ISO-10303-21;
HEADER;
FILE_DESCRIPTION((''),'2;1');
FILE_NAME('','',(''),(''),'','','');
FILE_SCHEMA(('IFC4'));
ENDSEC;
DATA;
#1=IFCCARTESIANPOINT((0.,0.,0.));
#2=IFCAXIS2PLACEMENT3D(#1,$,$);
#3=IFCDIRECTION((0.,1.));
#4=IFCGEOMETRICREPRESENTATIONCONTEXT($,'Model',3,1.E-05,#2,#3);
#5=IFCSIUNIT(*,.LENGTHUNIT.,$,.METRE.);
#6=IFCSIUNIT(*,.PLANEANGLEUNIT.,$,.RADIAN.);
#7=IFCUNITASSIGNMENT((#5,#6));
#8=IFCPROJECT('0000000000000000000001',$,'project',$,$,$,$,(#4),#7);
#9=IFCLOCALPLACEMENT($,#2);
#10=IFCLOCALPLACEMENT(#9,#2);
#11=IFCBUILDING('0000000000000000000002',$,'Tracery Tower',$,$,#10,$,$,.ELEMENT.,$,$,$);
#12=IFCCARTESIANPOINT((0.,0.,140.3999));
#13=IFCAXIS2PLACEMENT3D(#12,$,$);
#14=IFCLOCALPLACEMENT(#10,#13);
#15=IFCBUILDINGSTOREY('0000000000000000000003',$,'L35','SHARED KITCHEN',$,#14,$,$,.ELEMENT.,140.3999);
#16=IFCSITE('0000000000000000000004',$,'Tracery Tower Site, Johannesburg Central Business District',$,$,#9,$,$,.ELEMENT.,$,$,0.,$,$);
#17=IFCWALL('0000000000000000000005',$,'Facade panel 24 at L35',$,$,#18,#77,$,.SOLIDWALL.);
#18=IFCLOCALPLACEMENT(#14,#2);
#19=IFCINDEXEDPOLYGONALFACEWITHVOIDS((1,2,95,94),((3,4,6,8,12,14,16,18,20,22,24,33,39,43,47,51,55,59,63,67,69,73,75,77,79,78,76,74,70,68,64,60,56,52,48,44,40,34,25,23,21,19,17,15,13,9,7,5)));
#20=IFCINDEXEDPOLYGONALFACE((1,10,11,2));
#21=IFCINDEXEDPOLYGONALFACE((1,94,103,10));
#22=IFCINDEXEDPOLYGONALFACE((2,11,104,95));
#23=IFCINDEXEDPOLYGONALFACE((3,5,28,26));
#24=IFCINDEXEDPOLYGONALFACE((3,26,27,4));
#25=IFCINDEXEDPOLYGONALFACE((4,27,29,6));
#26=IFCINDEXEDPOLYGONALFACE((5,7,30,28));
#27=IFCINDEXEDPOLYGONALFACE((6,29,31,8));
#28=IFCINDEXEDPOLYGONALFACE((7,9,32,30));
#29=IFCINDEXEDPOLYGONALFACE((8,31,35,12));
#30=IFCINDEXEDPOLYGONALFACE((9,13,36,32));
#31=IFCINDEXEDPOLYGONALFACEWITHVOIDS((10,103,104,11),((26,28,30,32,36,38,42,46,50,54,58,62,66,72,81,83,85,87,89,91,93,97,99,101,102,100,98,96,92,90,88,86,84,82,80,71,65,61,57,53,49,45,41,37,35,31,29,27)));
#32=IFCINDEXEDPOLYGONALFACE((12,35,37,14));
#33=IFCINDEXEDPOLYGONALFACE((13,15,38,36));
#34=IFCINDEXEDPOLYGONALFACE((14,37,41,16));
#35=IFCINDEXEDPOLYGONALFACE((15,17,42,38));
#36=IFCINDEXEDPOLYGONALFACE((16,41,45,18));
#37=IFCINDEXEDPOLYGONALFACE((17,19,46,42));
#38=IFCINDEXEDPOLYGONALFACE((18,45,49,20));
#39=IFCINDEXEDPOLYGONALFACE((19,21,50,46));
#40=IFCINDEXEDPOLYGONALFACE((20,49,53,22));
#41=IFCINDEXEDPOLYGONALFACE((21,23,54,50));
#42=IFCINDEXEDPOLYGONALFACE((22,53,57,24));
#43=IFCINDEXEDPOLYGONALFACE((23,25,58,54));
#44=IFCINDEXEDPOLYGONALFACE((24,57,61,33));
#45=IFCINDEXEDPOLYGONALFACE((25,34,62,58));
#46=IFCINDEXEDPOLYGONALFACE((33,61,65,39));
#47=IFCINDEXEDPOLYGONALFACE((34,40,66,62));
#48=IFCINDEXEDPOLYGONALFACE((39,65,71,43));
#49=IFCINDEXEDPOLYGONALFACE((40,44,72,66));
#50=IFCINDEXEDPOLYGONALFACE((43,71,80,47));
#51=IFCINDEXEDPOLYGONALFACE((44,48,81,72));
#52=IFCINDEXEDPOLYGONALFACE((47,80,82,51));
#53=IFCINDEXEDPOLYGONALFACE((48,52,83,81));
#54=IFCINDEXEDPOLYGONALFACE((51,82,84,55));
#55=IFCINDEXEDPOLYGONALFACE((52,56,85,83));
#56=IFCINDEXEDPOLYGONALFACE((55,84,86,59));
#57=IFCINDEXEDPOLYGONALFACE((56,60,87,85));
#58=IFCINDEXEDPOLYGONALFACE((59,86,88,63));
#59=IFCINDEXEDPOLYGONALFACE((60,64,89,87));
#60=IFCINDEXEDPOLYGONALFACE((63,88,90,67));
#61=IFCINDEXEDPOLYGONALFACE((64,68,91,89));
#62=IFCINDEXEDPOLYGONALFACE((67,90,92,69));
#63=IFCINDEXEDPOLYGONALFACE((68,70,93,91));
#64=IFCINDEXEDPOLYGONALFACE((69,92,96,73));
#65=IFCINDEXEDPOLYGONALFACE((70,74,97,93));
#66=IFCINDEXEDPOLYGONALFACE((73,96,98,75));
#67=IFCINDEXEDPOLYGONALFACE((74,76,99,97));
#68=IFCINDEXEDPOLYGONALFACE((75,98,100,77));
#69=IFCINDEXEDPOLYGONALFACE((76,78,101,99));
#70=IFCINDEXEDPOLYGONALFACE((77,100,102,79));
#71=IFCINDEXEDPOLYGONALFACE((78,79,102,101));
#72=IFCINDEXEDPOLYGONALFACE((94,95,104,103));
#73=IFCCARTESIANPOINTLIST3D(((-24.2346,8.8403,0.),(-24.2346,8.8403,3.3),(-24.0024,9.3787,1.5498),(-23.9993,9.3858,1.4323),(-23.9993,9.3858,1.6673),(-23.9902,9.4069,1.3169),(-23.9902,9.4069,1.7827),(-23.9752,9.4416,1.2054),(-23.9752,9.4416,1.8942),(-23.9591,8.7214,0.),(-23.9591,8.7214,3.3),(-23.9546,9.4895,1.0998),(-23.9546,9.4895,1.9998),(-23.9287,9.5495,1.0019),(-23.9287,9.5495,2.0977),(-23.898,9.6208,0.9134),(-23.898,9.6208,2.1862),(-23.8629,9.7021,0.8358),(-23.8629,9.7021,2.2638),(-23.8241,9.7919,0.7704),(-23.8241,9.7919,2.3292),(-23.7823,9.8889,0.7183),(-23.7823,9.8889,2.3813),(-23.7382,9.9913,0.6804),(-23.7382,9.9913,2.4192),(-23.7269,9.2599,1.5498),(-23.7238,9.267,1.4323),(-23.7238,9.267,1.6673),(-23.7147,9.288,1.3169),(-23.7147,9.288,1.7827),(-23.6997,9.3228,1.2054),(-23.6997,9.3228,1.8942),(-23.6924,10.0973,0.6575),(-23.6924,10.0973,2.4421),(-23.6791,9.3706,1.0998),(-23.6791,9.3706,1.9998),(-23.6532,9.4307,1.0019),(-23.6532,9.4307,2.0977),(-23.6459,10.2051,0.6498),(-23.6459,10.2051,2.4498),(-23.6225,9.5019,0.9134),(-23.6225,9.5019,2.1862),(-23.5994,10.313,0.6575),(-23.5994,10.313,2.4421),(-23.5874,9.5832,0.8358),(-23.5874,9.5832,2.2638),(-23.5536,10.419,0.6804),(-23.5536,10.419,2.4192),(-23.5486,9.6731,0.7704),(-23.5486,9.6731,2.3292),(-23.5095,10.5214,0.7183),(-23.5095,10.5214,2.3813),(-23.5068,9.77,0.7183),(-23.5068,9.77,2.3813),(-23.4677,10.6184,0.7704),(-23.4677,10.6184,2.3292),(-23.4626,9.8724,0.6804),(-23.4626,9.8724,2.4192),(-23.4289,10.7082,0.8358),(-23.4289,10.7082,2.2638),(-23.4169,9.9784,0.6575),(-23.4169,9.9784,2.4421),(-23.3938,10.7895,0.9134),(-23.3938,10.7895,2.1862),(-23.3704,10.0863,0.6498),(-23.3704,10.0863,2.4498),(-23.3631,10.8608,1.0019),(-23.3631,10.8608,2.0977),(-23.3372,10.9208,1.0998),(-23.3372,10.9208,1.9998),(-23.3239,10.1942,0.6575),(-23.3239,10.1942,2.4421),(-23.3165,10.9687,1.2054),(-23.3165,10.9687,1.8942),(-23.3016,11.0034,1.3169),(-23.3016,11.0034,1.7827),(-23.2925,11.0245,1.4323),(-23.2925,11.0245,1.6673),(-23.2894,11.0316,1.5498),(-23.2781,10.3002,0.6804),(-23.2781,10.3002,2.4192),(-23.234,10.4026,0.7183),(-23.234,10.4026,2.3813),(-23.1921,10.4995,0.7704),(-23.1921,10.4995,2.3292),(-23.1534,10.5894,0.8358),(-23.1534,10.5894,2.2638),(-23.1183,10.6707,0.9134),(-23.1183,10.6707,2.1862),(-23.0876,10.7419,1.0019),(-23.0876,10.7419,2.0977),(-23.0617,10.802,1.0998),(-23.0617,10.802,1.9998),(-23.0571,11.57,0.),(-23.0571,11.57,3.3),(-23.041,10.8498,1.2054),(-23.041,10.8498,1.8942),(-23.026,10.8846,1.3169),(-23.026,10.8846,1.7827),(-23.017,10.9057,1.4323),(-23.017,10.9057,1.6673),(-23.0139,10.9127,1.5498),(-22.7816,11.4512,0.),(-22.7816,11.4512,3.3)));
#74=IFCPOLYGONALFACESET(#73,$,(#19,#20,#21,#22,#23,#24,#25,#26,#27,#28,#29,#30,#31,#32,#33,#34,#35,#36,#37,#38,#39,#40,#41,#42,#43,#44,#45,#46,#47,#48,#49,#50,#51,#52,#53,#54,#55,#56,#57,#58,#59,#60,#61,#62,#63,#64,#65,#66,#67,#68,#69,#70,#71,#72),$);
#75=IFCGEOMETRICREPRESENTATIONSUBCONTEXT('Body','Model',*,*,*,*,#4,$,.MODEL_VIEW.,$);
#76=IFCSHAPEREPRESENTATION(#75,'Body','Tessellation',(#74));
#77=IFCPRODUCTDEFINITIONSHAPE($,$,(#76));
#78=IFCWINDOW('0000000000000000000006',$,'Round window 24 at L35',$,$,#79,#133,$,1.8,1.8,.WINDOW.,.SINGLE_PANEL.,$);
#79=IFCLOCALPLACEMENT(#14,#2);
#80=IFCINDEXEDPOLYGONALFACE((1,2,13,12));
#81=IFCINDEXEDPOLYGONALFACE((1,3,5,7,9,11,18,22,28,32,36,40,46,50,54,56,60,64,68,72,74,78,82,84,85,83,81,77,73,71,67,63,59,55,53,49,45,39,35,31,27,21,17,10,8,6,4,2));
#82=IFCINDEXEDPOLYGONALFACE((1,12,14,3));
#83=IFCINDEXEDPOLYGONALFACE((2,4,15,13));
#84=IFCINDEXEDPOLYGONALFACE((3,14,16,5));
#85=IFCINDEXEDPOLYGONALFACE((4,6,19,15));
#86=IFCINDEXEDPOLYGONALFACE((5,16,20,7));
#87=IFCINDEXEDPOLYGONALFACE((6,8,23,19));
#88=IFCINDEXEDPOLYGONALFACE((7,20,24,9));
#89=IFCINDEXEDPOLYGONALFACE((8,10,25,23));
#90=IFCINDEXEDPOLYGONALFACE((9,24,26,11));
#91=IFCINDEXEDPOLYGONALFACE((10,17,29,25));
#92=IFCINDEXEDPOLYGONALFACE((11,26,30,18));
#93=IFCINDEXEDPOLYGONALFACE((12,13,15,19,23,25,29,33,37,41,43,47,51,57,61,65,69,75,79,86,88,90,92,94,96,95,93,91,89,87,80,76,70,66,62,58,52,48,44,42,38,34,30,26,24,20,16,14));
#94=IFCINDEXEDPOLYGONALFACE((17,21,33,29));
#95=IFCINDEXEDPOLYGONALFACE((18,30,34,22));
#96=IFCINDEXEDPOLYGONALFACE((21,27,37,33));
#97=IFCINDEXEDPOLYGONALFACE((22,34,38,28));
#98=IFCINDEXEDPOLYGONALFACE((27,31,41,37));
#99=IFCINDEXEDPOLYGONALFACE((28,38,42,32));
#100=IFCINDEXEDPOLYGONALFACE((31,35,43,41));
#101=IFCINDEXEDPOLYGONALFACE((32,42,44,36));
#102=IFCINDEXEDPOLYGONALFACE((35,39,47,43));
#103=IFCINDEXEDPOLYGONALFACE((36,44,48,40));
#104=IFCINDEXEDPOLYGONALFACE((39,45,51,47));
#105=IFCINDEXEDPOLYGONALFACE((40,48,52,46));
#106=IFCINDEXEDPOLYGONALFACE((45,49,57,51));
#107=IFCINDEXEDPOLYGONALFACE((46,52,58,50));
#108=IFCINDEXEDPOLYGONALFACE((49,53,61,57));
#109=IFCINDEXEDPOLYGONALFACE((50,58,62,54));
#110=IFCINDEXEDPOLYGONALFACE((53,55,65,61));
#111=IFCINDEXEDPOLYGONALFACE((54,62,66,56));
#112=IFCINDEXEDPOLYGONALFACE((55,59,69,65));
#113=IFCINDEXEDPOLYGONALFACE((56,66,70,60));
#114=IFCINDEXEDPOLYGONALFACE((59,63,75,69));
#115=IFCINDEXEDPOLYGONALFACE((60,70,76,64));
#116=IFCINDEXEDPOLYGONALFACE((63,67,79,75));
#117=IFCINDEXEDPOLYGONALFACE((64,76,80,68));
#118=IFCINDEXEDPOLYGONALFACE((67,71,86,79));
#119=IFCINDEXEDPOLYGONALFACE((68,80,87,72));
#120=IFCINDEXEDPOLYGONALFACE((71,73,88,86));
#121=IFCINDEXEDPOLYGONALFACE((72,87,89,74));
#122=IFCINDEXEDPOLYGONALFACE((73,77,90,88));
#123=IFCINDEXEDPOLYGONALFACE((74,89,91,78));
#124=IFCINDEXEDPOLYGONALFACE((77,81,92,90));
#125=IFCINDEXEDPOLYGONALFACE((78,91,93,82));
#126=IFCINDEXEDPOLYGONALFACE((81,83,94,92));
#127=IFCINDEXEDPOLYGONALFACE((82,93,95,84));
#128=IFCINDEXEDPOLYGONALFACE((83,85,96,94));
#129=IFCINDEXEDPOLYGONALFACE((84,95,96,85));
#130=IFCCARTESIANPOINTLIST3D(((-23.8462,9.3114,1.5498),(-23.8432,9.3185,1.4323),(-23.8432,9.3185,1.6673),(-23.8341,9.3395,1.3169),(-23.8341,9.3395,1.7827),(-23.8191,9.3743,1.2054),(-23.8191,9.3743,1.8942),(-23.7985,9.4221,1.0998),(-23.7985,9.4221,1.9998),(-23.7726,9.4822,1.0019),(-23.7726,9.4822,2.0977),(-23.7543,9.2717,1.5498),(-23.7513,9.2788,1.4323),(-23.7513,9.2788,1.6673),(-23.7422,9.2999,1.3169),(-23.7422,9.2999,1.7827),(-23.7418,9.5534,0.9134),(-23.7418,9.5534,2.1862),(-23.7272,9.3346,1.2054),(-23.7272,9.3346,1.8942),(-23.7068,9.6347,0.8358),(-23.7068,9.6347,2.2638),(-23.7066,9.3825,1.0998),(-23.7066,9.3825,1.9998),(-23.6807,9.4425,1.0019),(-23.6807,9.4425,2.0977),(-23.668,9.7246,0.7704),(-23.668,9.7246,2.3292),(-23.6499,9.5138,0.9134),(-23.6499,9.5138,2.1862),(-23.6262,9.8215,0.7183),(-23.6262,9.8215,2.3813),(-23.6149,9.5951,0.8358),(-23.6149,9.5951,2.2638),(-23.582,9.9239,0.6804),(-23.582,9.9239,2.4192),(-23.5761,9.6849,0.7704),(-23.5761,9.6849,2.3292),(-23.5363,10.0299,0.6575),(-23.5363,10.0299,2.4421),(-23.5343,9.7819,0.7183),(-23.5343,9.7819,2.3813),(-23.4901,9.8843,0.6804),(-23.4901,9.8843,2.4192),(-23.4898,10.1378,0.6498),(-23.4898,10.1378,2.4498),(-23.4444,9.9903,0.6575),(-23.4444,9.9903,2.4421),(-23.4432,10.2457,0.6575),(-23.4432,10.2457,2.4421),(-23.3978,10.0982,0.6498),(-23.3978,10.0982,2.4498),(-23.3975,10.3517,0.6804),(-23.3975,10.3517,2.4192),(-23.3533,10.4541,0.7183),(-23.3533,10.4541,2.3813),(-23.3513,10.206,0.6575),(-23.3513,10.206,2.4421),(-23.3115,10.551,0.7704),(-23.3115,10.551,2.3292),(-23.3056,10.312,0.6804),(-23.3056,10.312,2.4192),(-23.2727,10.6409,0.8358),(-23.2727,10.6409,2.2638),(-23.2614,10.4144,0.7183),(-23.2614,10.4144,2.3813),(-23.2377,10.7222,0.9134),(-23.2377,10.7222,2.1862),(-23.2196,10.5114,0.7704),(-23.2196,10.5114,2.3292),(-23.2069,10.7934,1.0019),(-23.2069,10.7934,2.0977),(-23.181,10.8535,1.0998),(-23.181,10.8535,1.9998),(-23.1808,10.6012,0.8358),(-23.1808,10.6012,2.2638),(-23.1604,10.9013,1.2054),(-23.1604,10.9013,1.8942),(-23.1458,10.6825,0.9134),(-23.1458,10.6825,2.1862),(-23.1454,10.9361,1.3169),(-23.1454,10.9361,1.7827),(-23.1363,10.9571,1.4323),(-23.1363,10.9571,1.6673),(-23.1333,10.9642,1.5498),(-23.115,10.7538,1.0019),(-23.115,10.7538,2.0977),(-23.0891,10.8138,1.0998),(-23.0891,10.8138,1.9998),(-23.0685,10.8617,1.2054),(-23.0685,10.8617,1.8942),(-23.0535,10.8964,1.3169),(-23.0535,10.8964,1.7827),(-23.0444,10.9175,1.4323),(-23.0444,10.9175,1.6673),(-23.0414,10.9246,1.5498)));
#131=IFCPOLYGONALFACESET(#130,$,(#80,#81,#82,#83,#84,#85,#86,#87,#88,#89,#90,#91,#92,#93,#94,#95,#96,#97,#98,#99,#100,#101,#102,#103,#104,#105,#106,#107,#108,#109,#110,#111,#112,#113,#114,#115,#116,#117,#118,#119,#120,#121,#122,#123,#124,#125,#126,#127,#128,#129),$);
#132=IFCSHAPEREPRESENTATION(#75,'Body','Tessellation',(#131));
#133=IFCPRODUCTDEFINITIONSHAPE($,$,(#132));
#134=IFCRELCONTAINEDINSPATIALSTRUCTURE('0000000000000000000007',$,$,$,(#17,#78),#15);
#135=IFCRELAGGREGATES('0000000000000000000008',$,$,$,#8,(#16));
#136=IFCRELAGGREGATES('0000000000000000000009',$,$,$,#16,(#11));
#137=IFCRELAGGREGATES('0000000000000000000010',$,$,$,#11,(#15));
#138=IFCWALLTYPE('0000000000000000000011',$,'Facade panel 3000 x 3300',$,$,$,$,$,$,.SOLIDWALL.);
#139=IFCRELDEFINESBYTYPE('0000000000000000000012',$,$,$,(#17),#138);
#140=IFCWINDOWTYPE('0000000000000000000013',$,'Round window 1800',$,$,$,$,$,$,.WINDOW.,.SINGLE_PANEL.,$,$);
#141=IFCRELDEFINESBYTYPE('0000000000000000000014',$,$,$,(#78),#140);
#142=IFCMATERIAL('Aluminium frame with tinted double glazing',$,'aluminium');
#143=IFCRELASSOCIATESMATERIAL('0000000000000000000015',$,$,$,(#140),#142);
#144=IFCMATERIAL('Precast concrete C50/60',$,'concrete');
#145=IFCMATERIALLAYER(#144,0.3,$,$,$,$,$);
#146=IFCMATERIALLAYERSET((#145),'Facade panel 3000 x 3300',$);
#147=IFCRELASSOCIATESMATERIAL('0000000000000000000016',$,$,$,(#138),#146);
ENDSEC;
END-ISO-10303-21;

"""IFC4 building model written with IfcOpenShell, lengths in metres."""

from ifc_helpers import new_model, si_unit, direction, frame, frame_2d, origin, origin_2d, place, context, subcontext, project, spatial, rectangle, circle, extrude, material, layer, layer_set, type_object, element, fill, save


model = new_model("IFC4")

# Units and contexts
model_context = context("Model", 3, precision=1e-05, world=origin(), true_north=direction((0.0, 1.0)))
body_context = subcontext(model_context, "Body", "Model", "MODEL_VIEW")
ifc_project = project(units=[si_unit("LENGTHUNIT", "METRE"), si_unit("PLANEANGLEUNIT", "RADIAN")], contexts=[model_context])

# Site, building, storey
site_placement = place(None, origin())
site = spatial("IfcSite", under=ifc_project, at=site_placement, Name="Tracery Tower Site, Johannesburg Central Business District", CompositionType="ELEMENT", RefElevation=0.0)
building_placement = place(site_placement, origin())
building = spatial("IfcBuilding", under=site, at=building_placement, Name="Tracery Tower", CompositionType="ELEMENT")
storey_placement = place(building_placement, frame((0.0, 0.0, 140.3999)))
storey = spatial("IfcBuildingStorey", under=building, at=storey_placement, Name="L35", Description="SHARED KITCHEN", CompositionType="ELEMENT", Elevation=140.3999)

# Wall, opening, window
ifc_material_1 = material(Name="Aluminium frame with tinted double glazing", Category="aluminium")
window_type = type_object("IfcWindowType", Name="Round window 1800", PartitioningType="SINGLE_PANEL", PredefinedType="WINDOW", material=ifc_material_1)
ifc_material_2 = material(Name="Precast concrete C50/60", Category="concrete")
ifc_layer_1 = layer(ifc_material_2, 0.3)
ifc_layer_set_1 = layer_set([ifc_layer_1], Name="Facade panel 3000 x 3300")
wall_type_1 = type_object("IfcWallType", Name="Facade panel 3000 x 3300", PredefinedType="SOLIDWALL", material=ifc_layer_set_1)
wall_1_placement = place(storey_placement, frame((-22.9194, 11.5105, 0.0), z_axis=(0.0, 0.0, 1.0), x_axis=(-0.396079, -0.918216, 0.0)))
wall_1 = element("IfcWall", 1, at=wall_1_placement, inside=storey, type_object=wall_type_1, Name="Facade panel 24 at L35", PredefinedType="SOLIDWALL", context=body_context, shape_type="SweptSolid", body=[
    extrude(rectangle(XDim=2.9729, YDim=0.3, at=frame_2d((1.4863, 0.0))), origin(), (0.0, 0.0, 1.0), 3.3),
])
opening_1_placement = place(wall_1_placement, frame((1.4863, 0.0, 1.5498)))
opening_1 = element("IfcOpeningElement", 2, at=opening_1_placement, cuts=wall_1, PredefinedType="OPENING", context=body_context, shape_type="SweptSolid", body=[
    extrude(circle(Radius=0.9, at=origin_2d()), frame((0.0, 0.1599, 0.0), z_axis=(0.0, -1.0, 0.0), x_axis=(1.0, 0.0, 0.0)), (0.0, 0.0, 1.0), 0.3201),
])
window_1_placement = place(opening_1_placement, origin())
window_1 = element("IfcWindow", 3, at=window_1_placement, inside=storey, type_object=window_type, Name="Round window 24 at L35", OverallHeight=1.8, OverallWidth=1.8, PartitioningType="SINGLE_PANEL", PredefinedType="WINDOW", context=body_context, shape_type="SweptSolid", body=[
    extrude(circle(Radius=0.9, at=origin_2d()), frame((0.0, 0.1201, 0.0), z_axis=(0.0, -1.0, 0.0), x_axis=(1.0, 0.0, 0.0)), (0.0, 0.0, 1.0), 0.1001),
])
fill(opening_1, window_1)

save(model, "model.ifc")
